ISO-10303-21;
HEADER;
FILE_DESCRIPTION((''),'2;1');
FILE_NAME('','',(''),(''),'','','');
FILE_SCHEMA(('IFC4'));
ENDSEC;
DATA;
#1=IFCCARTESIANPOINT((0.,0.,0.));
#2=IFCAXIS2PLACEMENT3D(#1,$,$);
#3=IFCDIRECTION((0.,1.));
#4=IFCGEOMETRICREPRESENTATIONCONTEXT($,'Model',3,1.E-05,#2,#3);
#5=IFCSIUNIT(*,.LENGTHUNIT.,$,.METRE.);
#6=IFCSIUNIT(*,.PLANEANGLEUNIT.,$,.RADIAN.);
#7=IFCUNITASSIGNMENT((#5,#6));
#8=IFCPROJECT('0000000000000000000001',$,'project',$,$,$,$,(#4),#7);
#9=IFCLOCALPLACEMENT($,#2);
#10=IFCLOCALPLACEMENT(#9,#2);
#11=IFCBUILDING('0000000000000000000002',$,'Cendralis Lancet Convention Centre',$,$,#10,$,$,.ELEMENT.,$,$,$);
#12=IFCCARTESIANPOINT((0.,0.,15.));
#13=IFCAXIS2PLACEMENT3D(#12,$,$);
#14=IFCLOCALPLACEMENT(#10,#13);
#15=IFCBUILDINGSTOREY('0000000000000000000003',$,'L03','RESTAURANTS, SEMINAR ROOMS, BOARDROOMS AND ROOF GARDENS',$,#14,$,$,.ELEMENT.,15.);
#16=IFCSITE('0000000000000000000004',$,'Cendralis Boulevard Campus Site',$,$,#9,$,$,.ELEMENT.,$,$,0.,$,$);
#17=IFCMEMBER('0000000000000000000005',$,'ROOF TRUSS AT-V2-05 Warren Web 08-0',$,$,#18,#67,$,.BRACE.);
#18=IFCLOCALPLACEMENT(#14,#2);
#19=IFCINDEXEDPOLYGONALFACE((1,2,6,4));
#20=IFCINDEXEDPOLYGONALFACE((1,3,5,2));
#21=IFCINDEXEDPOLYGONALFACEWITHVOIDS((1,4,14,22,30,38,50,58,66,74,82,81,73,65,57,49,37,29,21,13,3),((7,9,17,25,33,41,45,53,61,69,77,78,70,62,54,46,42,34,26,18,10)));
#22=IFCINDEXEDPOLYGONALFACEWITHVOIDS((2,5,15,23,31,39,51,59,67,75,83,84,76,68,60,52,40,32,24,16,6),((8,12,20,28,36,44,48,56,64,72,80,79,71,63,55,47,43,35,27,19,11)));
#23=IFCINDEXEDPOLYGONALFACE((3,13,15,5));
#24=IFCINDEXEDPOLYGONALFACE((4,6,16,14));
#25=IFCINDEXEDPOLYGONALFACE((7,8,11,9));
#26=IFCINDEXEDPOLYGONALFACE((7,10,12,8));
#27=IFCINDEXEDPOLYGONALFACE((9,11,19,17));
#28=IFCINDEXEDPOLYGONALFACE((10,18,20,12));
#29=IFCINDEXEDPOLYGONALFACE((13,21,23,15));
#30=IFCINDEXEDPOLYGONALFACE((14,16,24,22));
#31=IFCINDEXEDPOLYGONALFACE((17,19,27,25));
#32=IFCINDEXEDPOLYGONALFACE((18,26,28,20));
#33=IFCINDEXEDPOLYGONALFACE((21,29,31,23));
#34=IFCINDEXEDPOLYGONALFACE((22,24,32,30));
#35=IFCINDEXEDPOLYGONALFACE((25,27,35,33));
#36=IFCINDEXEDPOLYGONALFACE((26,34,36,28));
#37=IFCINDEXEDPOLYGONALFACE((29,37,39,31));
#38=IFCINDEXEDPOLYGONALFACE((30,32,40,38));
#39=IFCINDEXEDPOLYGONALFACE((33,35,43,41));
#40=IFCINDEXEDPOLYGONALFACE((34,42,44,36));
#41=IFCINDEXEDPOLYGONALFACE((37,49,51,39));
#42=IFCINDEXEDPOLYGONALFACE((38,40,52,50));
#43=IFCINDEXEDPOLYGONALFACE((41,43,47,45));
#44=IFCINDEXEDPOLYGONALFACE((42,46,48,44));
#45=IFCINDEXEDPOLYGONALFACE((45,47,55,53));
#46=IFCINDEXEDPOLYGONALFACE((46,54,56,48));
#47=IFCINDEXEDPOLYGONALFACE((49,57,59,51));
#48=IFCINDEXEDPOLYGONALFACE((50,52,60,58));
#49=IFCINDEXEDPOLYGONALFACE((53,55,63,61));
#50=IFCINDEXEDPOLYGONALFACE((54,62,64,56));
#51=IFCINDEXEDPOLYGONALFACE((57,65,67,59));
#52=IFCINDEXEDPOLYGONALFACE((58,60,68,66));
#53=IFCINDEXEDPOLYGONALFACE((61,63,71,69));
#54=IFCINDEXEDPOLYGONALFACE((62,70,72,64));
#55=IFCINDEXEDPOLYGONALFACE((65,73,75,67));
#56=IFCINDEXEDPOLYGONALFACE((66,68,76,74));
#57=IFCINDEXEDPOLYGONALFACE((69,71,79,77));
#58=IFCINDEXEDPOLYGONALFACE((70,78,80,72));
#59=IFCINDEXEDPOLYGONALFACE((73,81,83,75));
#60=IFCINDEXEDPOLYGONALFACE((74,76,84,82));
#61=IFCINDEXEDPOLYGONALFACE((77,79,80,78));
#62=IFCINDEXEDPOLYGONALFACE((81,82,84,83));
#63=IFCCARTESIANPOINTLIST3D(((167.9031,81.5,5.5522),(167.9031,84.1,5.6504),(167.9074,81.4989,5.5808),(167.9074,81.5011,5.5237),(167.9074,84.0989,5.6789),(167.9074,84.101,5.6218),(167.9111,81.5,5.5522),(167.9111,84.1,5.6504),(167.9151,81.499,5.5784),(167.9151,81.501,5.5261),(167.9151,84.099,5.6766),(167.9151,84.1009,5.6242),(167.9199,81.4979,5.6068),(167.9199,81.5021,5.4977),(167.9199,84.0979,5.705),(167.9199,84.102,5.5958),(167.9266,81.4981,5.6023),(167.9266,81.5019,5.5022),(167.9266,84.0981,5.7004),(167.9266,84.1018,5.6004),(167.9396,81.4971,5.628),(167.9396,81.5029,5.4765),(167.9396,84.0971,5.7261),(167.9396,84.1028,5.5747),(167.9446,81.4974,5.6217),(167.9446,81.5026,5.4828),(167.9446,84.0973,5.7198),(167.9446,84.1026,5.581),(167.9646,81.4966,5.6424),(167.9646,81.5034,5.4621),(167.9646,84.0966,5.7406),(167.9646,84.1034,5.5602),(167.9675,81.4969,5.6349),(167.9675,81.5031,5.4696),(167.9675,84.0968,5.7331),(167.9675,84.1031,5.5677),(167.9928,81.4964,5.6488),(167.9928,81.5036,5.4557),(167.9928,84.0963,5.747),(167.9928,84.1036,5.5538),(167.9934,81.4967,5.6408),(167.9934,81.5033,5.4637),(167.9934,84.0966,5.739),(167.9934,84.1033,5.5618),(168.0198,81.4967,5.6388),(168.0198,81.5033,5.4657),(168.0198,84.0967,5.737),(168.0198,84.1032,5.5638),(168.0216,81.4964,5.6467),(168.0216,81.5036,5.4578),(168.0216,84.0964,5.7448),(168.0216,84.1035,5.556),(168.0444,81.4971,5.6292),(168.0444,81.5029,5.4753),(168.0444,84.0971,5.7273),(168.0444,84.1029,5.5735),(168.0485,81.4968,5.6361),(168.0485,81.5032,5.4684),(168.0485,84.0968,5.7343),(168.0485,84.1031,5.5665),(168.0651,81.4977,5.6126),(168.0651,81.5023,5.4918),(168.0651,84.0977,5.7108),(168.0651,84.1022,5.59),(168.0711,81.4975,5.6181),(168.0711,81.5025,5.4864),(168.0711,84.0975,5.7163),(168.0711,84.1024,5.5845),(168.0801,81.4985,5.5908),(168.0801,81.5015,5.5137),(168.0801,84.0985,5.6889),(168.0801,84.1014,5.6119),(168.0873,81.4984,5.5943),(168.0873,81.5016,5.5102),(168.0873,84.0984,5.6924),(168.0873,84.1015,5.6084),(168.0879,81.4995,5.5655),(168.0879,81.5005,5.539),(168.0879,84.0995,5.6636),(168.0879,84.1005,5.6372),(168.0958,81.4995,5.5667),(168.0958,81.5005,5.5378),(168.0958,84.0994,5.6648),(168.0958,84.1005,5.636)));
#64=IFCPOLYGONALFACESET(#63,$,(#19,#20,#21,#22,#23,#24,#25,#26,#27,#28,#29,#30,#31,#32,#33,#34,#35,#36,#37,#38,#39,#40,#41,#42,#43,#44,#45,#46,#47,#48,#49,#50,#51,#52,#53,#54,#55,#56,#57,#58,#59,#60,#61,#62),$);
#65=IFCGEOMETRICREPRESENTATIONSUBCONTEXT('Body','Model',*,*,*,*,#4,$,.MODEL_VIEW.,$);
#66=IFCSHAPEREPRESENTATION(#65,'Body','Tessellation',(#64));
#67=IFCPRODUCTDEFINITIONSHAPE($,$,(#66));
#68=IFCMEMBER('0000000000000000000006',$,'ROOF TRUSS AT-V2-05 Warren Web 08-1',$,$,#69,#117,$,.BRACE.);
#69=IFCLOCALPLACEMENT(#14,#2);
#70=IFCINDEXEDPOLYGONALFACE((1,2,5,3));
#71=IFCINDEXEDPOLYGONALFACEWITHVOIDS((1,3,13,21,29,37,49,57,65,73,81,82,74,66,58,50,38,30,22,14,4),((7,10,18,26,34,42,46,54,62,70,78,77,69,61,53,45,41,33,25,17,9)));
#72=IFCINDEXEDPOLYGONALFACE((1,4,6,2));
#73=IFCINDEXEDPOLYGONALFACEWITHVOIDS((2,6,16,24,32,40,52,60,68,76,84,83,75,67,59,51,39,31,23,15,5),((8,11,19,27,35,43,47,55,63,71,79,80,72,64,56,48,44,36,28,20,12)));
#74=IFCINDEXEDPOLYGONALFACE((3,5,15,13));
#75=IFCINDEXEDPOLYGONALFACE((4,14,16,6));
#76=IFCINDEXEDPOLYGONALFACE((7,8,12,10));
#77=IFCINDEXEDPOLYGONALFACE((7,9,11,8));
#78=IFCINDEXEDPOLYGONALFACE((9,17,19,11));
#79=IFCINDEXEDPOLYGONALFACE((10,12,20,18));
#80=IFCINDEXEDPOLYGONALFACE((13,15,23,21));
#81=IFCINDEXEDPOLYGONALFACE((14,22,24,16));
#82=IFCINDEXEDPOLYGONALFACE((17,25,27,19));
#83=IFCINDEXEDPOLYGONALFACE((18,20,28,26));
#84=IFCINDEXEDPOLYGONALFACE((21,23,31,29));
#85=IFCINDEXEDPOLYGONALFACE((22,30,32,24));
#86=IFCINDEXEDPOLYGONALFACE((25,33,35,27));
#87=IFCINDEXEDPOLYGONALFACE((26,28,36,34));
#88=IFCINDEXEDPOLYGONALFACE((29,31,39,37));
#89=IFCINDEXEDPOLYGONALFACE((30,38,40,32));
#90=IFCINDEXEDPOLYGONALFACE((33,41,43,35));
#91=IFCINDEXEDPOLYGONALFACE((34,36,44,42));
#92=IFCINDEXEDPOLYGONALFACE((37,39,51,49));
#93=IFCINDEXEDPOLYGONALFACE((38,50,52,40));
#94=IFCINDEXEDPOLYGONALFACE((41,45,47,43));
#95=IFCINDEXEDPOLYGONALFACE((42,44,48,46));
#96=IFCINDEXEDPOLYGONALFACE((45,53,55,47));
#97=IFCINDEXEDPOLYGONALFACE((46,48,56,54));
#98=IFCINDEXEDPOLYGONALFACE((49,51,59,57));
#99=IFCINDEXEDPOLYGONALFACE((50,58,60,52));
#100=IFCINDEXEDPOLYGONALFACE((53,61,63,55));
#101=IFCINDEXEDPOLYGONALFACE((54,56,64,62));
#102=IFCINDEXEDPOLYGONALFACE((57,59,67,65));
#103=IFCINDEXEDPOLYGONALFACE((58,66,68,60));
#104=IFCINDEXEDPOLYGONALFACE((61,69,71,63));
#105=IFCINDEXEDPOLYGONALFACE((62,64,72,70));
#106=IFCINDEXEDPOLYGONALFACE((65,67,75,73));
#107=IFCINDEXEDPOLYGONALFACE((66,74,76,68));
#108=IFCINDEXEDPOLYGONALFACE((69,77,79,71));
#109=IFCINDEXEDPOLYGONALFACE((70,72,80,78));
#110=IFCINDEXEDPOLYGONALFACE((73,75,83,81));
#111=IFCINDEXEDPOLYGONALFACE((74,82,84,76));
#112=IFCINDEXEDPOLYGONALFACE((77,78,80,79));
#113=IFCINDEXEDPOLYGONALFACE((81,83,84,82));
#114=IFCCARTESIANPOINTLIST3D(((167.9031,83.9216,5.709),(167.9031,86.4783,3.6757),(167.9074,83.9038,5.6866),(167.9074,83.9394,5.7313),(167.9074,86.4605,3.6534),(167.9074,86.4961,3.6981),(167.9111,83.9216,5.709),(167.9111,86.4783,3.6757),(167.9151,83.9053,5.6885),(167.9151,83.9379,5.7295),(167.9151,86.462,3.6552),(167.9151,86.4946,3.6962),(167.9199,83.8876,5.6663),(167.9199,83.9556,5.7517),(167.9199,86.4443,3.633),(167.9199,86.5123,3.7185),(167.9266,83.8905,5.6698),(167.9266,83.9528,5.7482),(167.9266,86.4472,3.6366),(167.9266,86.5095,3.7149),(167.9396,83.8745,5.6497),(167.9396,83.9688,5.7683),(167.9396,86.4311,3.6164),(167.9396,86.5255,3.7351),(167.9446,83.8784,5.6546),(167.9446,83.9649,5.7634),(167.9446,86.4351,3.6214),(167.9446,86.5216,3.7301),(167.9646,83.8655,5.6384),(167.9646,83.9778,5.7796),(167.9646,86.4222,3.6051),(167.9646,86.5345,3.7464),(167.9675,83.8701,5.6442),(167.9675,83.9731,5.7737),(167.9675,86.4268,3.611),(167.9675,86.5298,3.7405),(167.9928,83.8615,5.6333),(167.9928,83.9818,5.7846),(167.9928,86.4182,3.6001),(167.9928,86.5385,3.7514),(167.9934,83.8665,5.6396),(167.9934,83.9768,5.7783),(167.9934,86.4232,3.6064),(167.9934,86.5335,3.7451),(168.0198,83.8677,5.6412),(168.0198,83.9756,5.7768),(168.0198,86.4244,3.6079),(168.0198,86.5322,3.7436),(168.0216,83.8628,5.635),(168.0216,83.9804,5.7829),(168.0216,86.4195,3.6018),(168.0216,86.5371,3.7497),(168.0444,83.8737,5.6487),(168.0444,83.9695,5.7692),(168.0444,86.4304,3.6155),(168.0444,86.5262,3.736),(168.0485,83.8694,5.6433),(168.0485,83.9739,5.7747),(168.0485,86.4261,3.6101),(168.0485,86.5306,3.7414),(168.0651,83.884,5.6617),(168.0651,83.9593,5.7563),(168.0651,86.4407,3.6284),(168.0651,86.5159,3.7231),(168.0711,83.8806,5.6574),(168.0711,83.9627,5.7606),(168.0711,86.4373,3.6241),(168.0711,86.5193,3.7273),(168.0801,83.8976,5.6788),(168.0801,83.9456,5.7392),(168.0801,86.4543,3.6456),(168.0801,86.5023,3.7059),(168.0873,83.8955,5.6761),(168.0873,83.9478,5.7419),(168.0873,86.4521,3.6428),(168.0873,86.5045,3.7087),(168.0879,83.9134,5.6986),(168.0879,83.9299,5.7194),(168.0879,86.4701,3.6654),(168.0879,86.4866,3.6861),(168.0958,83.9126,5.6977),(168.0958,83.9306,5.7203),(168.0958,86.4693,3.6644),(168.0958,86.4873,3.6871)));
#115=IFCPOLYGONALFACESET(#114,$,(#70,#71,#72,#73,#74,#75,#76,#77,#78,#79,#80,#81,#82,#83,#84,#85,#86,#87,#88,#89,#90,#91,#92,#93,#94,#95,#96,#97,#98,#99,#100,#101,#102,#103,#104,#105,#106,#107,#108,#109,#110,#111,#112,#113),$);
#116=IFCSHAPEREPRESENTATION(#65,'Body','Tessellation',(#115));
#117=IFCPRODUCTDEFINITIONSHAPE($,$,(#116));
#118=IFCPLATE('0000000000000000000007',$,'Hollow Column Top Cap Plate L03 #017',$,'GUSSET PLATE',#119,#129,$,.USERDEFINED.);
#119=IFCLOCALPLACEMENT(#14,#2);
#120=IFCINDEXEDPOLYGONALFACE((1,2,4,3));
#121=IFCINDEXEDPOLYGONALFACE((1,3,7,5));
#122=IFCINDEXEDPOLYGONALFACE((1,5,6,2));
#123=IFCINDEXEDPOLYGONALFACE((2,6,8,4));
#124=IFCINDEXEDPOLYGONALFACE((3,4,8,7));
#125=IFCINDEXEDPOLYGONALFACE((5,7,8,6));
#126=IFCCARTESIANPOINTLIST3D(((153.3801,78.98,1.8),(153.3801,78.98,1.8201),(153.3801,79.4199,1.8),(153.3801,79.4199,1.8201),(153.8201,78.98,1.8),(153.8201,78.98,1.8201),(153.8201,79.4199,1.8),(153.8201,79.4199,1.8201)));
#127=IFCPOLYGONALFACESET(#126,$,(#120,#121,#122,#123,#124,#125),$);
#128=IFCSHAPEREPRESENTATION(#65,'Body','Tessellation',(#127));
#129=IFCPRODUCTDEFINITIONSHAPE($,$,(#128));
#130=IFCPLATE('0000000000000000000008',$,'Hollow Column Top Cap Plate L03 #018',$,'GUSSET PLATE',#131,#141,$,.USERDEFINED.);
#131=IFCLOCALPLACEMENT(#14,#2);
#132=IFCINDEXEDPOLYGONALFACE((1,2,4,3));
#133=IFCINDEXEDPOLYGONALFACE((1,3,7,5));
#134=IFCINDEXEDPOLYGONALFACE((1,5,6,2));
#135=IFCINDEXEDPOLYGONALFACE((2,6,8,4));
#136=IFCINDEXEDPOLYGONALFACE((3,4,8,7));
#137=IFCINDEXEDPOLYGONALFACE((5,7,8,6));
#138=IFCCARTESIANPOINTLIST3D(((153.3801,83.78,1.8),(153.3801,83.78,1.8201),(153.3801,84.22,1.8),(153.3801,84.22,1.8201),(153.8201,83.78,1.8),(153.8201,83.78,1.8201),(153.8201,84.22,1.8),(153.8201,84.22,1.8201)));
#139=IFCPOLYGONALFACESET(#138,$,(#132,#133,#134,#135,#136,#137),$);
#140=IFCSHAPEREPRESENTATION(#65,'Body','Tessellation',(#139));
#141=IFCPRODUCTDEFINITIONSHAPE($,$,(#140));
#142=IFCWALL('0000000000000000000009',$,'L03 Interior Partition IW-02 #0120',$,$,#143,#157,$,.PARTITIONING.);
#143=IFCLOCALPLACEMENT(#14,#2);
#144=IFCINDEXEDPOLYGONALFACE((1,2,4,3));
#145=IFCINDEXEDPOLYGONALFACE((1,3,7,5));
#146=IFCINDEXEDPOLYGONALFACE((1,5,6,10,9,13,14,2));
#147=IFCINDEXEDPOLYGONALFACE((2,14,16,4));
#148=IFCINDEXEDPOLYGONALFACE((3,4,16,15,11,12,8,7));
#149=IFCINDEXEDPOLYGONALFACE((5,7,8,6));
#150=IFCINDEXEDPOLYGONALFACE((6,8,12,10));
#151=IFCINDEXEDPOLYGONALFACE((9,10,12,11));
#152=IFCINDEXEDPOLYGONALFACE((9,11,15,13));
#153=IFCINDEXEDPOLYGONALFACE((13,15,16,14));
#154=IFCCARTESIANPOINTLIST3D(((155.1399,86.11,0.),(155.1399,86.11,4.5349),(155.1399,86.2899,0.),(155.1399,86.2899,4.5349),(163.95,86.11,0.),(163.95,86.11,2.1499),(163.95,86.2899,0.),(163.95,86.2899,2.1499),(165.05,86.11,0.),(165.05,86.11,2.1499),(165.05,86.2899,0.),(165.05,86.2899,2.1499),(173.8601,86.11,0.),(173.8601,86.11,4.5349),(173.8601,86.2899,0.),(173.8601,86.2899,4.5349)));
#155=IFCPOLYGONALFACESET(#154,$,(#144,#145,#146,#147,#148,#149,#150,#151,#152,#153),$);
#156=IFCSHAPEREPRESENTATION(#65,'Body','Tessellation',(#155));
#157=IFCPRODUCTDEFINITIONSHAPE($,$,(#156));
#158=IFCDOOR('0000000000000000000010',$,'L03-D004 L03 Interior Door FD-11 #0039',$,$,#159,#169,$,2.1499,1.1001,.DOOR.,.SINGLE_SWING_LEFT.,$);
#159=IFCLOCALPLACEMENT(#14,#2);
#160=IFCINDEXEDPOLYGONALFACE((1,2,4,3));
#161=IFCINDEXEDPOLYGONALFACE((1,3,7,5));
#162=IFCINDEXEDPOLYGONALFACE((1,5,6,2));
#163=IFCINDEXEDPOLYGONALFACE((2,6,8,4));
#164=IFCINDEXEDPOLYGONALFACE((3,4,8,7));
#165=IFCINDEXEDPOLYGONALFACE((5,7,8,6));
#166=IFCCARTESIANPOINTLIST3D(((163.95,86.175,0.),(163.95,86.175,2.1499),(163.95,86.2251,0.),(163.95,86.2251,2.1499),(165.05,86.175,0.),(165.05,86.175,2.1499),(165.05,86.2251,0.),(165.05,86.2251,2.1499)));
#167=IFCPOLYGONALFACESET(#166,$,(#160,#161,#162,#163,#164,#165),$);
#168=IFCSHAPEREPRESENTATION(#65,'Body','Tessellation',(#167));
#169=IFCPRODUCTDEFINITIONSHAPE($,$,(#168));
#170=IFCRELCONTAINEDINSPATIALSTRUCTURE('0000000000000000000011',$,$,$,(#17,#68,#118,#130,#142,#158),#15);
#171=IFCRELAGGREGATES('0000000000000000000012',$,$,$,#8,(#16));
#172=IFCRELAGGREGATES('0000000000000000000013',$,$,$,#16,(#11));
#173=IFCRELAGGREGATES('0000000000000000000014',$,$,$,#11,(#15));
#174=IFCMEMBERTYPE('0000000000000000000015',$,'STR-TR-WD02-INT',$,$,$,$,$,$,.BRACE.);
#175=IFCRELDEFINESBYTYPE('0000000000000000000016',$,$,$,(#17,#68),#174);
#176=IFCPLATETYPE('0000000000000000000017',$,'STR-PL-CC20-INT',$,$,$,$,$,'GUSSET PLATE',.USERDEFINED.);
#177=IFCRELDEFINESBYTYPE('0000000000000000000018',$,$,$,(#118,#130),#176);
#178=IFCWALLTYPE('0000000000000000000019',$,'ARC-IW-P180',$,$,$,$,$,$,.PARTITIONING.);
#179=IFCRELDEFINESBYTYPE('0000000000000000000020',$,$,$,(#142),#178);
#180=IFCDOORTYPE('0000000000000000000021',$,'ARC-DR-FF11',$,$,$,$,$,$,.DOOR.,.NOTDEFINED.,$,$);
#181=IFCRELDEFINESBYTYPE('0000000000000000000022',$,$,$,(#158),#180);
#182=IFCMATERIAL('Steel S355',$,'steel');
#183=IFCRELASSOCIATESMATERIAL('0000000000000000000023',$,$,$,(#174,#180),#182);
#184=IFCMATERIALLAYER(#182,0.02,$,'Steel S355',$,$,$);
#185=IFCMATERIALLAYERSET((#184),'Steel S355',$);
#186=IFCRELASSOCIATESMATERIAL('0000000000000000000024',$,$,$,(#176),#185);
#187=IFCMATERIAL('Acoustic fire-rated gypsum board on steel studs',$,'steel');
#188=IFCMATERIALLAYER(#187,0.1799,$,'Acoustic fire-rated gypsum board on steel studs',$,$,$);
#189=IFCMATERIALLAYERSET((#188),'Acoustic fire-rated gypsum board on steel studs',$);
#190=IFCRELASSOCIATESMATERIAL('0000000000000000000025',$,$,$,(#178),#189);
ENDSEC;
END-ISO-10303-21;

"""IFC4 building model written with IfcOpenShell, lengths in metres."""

from ifc_helpers import new_model, si_unit, direction, frame, frame_2d, origin, origin_2d, place, context, subcontext, project, spatial, rectangle, hollow_circle, extrude, material, layer, layer_set, material_profile, profile_set, type_object, element, fill, save


model = new_model("IFC4")

# Units and contexts
model_context = context("Model", 3, precision=1e-05, world=origin(), true_north=direction((0.0, 1.0)))
body_context = subcontext(model_context, "Body", "Model", "MODEL_VIEW")
ifc_project = project(units=[si_unit("LENGTHUNIT", "METRE"), si_unit("PLANEANGLEUNIT", "RADIAN")], contexts=[model_context])

# Site, building, storey
site_placement = place(None, origin())
site = spatial("IfcSite", under=ifc_project, at=site_placement, Name="Cendralis Boulevard Campus Site", CompositionType="ELEMENT", RefElevation=0.0)
building_placement = place(site_placement, origin())
building = spatial("IfcBuilding", under=site, at=building_placement, Name="Cendralis Lancet Convention Centre", CompositionType="ELEMENT")
storey_placement = place(building_placement, frame((0.0, 0.0, 15.0)))
storey = spatial("IfcBuildingStorey", under=building, at=storey_placement, Name="L03", Description="RESTAURANTS, SEMINAR ROOMS, BOARDROOMS AND ROOF GARDENS", CompositionType="ELEMENT", Elevation=15.0)

# Shared definitions
ifc_material_1 = material(Name="Steel S355", Category="steel")

# Members
ifc_material_profile_1 = material_profile(ifc_material_1, hollow_circle(Radius=0.0969, WallThickness=0.0081, at=origin_2d()), Name="CHS 193.7x8.0")
ifc_profile_set_1 = profile_set([ifc_material_profile_1], Name="Steel S355")
member_type_1 = type_object("IfcMemberType", Name="STR-TR-WD02-INT", PredefinedType="BRACE", material=ifc_profile_set_1)
member_1_placement = place(storey_placement, frame((168.0, 81.5, 5.5522), z_axis=(0.0, 0.999288, 0.037723), x_axis=(-1.0, 0.0, 0.0)))
element("IfcMember", 1, at=member_1_placement, inside=storey, type_object=member_type_1, Name="ROOF TRUSS AT-V2-05 Warren Web 08-0", PredefinedType="BRACE", context=body_context, shape_type="SweptSolid", body=[
    extrude(hollow_circle(Radius=0.0969, WallThickness=0.0081, at=origin_2d()), origin(), (0.0, 0.0, 1.0), 2.6018),
])
member_2_placement = place(storey_placement, frame((168.0, 83.9216, 5.709), z_axis=(0.0, 0.782674, -0.622432), x_axis=(-1.0, 0.0, 0.0)))
element("IfcMember", 2, at=member_2_placement, inside=storey, type_object=member_type_1, Name="ROOF TRUSS AT-V2-05 Warren Web 08-1", PredefinedType="BRACE", context=body_context, shape_type="SweptSolid", body=[
    extrude(hollow_circle(Radius=0.0969, WallThickness=0.0081, at=origin_2d()), origin(), (0.0, 0.0, 1.0), 3.2666),
])

# Plates
ifc_layer_1 = layer(ifc_material_1, 0.02, Name="Steel S355")
ifc_layer_set_1 = layer_set([ifc_layer_1], Name="Steel S355")
plate_type = type_object("IfcPlateType", Name="STR-PL-CC20-INT", ElementType="GUSSET PLATE", PredefinedType="USERDEFINED", material=ifc_layer_set_1)
for number, where, z_axis, x_axis, name in (
    (3, (153.6001, 79.2, 1.8), (0.0, 0.0, 1.0), (1.0, 0.0, 0.0), "Hollow Column Top Cap Plate L03 #017"),
    (4, (153.6001, 84.0, 1.8), (0.0, 0.0, 1.0), (1.0, 0.0, 0.0), "Hollow Column Top Cap Plate L03 #018"),
):
    element("IfcPlate", number, at=place(storey_placement, frame(where, z_axis=z_axis, x_axis=x_axis)), inside=storey, type_object=plate_type, Name=name, ObjectType="GUSSET PLATE", PredefinedType="USERDEFINED", context=body_context, shape_type="SweptSolid", body=[
        extrude(rectangle(XDim=0.4399, YDim=0.4399, at=origin_2d()), origin(), (0.0, 0.0, 1.0), 0.02),
    ])

# Wall, opening, door
ifc_material_2 = material(Name="Acoustic fire-rated gypsum board on steel studs", Category="steel")
ifc_layer_2 = layer(ifc_material_2, 0.1799, Name="Acoustic fire-rated gypsum board on steel studs")
ifc_layer_set_2 = layer_set([ifc_layer_2], Name="Acoustic fire-rated gypsum board on steel studs")
wall_type = type_object("IfcWallType", Name="ARC-IW-P180", PredefinedType="PARTITIONING", material=ifc_layer_set_2)
wall_placement = place(storey_placement, frame((155.1399, 86.2, 0.0), z_axis=(0.0, 0.0, 1.0), x_axis=(1.0, 0.0, 0.0)))
wall = element("IfcWall", 5, at=wall_placement, inside=storey, type_object=wall_type, Name="L03 Interior Partition IW-02 #0120", PredefinedType="PARTITIONING", context=body_context, shape_type="SweptSolid", body=[
    extrude(rectangle(XDim=18.7202, YDim=0.1799, at=frame_2d((9.3601, 0.0))), origin(), (0.0, 0.0, 1.0), 4.5349),
])
opening_placement = place(wall_placement, frame((8.8101, 0.0, 0.0)))
opening = element("IfcOpeningElement", 6, at=opening_placement, cuts=wall, PredefinedType="OPENING", context=body_context, shape_type="SweptSolid", body=[
    extrude(rectangle(XDim=1.1001, YDim=2.1499, at=frame_2d((0.55, 1.075))), frame((0.0, 0.0999, 0.0), z_axis=(0.0, -1.0, 0.0), x_axis=(1.0, 0.0, 0.0)), (0.0, 0.0, 1.0), 0.2),
])
door_type = type_object("IfcDoorType", Name="ARC-DR-FF11", OperationType="NOTDEFINED", PredefinedType="DOOR", material=ifc_material_1)
door_placement = place(opening_placement, frame((1.1001, 0.0, 0.0), z_axis=(0.0, 0.0, 1.0), x_axis=(-1.0, 0.0, 0.0)))
door = element("IfcDoor", 7, at=door_placement, inside=storey, type_object=door_type, Name="L03-D004 L03 Interior Door FD-11 #0039", OperationType="SINGLE_SWING_LEFT", OverallHeight=2.1499, OverallWidth=1.1001, PredefinedType="DOOR", context=body_context, shape_type="SweptSolid", body=[
    extrude(rectangle(XDim=1.1001, YDim=2.1499, at=frame_2d((0.55, 1.075))), frame((0.0, 0.0249, 0.0), z_axis=(0.0, -1.0, 0.0), x_axis=(1.0, 0.0, 0.0)), (0.0, 0.0, 1.0), 0.05),
])
fill(opening, door)

save(model, "model.ifc")
